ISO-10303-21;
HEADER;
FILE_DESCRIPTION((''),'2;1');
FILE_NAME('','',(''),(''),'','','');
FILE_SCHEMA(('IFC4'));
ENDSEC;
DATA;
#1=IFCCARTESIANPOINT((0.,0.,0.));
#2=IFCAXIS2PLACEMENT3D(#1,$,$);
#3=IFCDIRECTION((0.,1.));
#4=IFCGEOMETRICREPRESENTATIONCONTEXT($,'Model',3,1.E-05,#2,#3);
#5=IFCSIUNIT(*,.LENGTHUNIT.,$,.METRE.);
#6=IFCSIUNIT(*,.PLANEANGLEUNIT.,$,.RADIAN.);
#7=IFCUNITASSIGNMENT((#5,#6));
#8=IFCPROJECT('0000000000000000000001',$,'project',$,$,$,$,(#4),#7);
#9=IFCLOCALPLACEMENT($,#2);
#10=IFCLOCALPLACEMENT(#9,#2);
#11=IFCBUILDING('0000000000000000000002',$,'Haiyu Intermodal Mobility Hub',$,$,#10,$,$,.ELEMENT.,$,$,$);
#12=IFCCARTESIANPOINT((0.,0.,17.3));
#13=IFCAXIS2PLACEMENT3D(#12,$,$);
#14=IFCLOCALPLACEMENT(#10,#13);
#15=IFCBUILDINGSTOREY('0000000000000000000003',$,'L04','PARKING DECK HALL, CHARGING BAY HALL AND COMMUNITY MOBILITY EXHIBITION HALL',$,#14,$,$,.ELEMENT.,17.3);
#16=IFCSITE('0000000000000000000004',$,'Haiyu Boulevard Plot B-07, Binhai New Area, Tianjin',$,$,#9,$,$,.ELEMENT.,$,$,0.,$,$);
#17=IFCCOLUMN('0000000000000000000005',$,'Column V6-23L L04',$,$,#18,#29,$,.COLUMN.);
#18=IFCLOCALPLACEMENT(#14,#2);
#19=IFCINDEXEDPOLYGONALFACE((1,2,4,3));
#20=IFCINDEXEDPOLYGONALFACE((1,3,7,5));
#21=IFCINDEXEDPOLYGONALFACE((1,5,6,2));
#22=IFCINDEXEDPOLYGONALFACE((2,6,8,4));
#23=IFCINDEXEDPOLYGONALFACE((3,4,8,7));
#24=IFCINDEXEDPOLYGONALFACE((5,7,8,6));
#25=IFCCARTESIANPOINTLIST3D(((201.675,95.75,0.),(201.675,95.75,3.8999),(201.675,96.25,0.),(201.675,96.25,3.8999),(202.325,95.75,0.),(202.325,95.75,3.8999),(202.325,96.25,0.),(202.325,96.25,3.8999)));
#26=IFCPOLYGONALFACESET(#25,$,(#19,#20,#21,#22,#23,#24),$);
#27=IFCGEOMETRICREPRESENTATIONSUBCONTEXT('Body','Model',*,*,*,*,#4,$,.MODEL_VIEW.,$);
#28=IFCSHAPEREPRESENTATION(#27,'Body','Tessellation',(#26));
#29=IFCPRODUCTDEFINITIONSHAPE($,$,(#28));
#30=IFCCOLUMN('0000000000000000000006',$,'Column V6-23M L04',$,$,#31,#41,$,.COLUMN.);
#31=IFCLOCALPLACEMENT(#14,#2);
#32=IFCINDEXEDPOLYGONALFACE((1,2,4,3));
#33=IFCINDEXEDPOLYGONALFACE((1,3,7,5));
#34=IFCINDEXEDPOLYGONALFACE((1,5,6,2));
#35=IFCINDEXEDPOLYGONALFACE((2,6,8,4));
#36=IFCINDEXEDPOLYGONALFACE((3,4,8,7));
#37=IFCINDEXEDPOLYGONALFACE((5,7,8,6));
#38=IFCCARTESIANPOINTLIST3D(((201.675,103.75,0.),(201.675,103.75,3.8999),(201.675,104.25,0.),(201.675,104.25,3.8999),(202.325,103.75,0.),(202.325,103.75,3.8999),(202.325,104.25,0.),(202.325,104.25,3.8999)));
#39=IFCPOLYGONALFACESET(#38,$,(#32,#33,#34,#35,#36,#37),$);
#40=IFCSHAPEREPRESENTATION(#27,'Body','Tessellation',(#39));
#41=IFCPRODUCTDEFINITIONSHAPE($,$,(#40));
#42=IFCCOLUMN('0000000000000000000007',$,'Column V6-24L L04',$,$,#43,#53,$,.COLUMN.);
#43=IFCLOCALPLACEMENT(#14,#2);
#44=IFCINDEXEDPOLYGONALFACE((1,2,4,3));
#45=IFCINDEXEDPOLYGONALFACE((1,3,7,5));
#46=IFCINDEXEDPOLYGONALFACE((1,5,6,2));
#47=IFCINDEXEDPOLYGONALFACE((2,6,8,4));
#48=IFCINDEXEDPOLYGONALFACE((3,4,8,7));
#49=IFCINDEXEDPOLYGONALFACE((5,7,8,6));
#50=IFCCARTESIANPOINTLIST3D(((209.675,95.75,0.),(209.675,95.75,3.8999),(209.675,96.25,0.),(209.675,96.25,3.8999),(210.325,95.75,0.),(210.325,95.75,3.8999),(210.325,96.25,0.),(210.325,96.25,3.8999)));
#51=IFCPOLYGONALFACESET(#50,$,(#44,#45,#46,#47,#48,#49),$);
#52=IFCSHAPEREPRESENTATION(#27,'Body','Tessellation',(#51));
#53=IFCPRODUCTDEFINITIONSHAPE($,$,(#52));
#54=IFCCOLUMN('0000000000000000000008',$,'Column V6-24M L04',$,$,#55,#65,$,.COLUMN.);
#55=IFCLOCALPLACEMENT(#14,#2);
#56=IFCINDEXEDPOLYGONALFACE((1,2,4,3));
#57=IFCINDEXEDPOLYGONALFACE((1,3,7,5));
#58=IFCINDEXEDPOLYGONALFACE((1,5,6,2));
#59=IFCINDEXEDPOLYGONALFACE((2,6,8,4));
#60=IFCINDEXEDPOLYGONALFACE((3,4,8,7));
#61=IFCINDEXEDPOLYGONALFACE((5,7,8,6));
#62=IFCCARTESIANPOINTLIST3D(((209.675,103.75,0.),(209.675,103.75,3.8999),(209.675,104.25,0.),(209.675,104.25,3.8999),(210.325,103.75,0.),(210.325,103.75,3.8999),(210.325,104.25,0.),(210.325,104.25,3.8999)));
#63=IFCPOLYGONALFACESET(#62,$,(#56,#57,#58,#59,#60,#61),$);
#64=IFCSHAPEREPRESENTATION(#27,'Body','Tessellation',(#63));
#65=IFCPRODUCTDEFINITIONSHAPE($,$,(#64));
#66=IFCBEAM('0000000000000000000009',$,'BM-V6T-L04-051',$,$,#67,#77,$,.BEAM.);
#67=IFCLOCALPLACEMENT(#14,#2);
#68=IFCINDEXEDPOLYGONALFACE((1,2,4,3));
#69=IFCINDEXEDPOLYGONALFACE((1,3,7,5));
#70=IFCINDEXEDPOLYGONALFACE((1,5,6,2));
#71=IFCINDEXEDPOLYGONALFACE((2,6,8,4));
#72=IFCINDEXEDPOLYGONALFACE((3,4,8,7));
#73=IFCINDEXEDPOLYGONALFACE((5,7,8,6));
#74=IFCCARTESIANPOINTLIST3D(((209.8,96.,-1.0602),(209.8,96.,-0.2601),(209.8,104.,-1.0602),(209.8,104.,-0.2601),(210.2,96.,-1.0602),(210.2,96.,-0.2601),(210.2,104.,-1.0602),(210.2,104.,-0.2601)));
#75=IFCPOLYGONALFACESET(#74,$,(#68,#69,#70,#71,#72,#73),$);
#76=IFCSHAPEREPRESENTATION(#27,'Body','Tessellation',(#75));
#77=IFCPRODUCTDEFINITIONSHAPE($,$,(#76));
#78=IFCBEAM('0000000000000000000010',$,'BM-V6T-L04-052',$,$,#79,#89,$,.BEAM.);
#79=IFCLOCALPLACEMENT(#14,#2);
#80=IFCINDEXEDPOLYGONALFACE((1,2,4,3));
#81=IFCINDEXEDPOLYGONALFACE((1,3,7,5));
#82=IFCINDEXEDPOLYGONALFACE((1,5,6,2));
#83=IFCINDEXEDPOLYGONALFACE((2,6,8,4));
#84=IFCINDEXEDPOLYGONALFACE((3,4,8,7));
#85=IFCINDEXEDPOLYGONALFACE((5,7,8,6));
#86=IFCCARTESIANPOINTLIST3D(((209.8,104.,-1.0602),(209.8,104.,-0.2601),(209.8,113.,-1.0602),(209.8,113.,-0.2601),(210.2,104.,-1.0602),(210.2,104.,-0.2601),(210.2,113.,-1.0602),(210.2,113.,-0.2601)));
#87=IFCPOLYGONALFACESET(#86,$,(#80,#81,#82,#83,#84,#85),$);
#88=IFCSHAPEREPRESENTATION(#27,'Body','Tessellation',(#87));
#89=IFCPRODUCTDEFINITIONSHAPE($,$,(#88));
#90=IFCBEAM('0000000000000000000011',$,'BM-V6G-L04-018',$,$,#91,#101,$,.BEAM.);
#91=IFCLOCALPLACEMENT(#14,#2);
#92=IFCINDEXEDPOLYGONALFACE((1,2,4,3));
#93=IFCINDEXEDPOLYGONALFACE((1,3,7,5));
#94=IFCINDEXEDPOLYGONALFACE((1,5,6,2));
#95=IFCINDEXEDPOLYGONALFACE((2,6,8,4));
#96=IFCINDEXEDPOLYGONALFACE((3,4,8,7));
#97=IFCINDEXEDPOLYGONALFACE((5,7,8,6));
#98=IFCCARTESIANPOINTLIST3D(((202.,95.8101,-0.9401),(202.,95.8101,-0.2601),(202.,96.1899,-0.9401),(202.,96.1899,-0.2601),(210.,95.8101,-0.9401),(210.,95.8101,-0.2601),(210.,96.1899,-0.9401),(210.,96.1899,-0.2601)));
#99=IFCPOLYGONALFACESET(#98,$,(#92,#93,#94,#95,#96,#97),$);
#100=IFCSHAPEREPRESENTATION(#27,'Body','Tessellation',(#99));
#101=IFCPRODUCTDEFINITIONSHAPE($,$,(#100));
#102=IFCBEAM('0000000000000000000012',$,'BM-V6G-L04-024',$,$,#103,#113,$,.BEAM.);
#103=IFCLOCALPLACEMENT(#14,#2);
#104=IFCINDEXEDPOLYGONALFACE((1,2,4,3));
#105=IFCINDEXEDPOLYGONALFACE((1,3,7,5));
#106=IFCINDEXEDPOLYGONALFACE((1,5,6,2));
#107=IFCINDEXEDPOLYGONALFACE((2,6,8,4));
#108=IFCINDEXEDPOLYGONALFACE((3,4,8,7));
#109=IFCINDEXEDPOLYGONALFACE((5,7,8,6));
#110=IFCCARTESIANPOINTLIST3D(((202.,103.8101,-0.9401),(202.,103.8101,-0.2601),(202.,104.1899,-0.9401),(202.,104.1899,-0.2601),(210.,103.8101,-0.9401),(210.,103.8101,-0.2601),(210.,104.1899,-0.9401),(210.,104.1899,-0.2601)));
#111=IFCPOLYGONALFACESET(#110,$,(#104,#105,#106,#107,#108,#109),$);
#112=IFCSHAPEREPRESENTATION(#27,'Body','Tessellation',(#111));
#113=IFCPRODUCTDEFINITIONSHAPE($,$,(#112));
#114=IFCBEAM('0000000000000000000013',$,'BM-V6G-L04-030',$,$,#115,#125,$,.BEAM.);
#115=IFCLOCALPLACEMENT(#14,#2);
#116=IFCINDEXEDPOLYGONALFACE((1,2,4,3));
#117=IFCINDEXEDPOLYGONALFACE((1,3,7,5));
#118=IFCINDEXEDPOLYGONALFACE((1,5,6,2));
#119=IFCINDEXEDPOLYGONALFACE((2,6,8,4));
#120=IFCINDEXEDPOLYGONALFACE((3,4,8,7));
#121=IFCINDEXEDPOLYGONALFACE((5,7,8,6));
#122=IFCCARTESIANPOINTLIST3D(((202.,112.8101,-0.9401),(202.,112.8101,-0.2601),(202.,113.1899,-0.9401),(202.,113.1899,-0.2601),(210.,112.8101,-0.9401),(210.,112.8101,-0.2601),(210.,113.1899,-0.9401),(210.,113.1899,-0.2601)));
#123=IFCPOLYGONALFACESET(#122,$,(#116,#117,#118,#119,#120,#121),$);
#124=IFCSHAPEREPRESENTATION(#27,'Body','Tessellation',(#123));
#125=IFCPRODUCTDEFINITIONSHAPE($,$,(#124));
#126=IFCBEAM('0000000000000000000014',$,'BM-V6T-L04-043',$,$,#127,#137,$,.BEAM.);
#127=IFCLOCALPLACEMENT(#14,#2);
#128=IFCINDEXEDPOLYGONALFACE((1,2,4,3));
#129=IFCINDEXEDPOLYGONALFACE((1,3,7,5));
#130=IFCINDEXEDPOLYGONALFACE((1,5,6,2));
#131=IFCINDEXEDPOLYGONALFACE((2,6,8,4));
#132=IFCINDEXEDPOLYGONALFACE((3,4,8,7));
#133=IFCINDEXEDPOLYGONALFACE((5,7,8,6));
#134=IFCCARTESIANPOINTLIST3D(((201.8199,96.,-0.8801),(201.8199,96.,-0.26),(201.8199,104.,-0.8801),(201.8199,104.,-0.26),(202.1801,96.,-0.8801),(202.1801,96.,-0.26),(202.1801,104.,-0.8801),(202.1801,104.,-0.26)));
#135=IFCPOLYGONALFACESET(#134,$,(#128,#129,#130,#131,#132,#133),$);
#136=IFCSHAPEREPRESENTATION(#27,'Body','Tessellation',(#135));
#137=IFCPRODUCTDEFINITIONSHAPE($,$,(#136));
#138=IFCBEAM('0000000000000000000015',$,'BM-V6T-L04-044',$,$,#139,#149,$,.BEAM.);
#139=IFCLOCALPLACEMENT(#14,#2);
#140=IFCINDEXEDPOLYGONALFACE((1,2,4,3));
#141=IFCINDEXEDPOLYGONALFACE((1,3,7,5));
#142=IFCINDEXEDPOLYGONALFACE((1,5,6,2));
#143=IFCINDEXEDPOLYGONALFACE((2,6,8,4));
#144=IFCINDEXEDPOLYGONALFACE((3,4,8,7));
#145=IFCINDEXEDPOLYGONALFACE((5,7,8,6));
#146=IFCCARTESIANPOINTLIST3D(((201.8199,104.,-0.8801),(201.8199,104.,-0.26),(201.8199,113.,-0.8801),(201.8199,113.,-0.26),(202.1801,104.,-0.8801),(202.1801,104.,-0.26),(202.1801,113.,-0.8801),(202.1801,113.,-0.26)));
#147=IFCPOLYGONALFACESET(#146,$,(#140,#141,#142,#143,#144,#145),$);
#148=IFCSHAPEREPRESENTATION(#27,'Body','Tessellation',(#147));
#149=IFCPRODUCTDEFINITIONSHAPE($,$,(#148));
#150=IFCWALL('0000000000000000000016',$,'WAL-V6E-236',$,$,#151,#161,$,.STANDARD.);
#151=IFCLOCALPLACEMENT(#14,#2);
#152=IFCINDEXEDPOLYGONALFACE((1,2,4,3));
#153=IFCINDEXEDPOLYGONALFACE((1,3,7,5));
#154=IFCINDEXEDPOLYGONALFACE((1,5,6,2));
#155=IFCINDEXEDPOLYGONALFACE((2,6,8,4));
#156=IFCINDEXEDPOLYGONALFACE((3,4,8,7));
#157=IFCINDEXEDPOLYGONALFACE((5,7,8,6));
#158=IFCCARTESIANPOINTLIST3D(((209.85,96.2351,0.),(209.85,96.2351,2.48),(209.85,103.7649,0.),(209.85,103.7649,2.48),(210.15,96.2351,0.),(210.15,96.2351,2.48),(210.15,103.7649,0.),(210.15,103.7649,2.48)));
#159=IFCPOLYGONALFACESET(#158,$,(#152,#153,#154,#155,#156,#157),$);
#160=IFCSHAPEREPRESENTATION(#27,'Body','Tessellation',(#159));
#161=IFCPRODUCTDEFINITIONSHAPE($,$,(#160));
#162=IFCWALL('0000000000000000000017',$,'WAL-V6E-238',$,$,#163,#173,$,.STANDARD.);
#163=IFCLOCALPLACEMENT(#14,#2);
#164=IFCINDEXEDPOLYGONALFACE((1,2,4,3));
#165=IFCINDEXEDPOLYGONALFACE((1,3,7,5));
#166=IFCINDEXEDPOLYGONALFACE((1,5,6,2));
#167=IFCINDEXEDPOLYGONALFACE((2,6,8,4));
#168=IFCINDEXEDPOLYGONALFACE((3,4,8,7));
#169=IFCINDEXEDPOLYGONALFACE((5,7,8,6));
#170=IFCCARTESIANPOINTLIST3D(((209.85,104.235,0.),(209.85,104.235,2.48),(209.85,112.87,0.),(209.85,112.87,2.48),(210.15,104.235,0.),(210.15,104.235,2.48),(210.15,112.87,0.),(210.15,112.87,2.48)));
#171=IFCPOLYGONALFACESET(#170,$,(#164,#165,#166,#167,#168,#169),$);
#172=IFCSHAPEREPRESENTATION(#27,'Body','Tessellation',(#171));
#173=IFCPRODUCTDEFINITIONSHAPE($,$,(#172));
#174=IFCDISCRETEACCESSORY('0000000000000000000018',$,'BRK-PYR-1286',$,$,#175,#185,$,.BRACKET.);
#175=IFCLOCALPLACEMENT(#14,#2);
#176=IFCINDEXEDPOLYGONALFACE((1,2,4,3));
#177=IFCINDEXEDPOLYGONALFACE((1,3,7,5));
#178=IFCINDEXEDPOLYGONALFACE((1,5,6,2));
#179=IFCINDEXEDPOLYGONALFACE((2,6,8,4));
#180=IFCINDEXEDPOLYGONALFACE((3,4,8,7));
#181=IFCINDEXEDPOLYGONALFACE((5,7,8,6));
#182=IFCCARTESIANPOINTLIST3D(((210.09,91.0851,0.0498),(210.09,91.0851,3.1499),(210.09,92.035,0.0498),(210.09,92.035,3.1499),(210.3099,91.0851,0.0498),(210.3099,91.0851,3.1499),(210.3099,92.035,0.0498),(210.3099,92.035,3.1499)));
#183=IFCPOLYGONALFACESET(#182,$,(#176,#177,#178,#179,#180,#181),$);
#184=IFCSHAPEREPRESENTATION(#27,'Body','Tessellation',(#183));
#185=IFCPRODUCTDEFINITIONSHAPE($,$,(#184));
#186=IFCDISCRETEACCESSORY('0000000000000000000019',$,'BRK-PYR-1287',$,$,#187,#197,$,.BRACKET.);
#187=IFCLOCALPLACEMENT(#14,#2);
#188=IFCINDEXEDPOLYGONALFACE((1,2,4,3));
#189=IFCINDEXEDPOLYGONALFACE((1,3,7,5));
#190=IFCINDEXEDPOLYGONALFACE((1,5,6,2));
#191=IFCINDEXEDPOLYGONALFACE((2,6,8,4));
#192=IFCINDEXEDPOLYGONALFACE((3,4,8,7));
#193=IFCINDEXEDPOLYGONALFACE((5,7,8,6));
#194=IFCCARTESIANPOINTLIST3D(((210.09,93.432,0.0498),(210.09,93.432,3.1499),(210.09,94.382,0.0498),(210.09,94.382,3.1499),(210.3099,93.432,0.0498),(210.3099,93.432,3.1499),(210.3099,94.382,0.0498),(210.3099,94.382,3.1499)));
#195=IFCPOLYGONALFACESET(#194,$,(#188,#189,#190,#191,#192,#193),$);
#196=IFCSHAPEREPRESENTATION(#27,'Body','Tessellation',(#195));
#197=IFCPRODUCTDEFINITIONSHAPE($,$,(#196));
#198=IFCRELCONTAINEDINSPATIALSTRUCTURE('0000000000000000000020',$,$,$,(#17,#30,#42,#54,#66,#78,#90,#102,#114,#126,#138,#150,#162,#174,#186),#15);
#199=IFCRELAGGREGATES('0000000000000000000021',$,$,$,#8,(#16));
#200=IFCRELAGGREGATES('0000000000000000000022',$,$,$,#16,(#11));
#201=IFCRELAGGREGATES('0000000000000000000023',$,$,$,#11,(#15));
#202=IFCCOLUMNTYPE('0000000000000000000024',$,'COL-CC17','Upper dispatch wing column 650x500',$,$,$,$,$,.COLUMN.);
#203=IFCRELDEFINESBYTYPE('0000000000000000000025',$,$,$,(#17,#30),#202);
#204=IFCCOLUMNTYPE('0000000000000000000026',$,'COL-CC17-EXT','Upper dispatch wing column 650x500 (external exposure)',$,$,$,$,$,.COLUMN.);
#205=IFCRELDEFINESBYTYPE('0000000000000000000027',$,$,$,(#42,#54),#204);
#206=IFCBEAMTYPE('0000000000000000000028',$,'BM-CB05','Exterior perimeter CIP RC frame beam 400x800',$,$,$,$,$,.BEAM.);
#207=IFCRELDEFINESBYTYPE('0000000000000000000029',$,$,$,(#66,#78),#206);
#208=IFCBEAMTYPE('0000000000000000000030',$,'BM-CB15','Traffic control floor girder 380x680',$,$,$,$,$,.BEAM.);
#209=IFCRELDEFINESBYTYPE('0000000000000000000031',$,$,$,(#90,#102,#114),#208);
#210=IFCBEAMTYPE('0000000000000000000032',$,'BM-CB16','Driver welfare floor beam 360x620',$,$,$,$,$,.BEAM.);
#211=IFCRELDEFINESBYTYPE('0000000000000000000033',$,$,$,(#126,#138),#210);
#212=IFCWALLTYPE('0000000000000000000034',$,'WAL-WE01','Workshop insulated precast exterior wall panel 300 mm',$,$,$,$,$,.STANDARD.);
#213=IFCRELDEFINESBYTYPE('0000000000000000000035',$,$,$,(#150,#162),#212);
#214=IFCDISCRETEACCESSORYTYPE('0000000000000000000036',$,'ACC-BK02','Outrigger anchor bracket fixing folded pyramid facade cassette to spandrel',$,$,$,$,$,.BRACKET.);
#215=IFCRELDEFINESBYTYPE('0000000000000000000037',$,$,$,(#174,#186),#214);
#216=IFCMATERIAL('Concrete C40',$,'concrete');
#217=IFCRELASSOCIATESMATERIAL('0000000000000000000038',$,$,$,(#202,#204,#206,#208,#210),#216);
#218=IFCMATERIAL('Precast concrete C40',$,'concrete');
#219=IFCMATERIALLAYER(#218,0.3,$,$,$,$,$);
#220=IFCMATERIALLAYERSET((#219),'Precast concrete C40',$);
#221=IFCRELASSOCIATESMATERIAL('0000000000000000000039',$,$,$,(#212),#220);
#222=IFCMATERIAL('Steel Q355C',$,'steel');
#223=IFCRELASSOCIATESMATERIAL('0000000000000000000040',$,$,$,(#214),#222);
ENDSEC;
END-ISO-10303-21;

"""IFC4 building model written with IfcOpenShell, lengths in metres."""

from ifc_helpers import new_model, si_unit, direction, frame, frame_2d, origin, origin_2d, place, context, subcontext, project, spatial, rectangle, extrude, material, layer, layer_set, material_profile, profile_set, type_object, element, save


model = new_model("IFC4")

# Units and contexts
model_context = context("Model", 3, precision=1e-05, world=origin(), true_north=direction((0.0, 1.0)))
body_context = subcontext(model_context, "Body", "Model", "MODEL_VIEW")
ifc_project = project(units=[si_unit("LENGTHUNIT", "METRE"), si_unit("PLANEANGLEUNIT", "RADIAN")], contexts=[model_context])

# Site, building, storey
site_placement = place(None, origin())
site = spatial("IfcSite", under=ifc_project, at=site_placement, Name="Haiyu Boulevard Plot B-07, Binhai New Area, Tianjin", CompositionType="ELEMENT", RefElevation=0.0)
building_placement = place(site_placement, origin())
building = spatial("IfcBuilding", under=site, at=building_placement, Name="Haiyu Intermodal Mobility Hub", CompositionType="ELEMENT")
storey_placement = place(building_placement, frame((0.0, 0.0, 17.3)))
storey = spatial("IfcBuildingStorey", under=building, at=storey_placement, Name="L04", Description="PARKING DECK HALL, CHARGING BAY HALL AND COMMUNITY MOBILITY EXHIBITION HALL", CompositionType="ELEMENT", Elevation=17.3)

# Columns
ifc_material_1 = material(Name="Concrete C40", Category="concrete")
ifc_material_profile_1 = material_profile(ifc_material_1, rectangle(XDim=0.6499, YDim=0.5, at=origin_2d()), Name="C650x500")
ifc_profile_set_1 = profile_set([ifc_material_profile_1], Name="Concrete C40")
column_type_1 = type_object("IfcColumnType", Name="COL-CC17", Description="Upper dispatch wing column 650x500", PredefinedType="COLUMN", material=ifc_profile_set_1)
for number, where, z_axis, x_axis, name in (
    (1, (202.0, 96.0, 0.0), (0.0, 0.0, 1.0), (1.0, 0.0, 0.0), "Column V6-23L L04"),
    (2, (202.0, 104.0, 0.0), (0.0, 0.0, 1.0), (1.0, 0.0, 0.0), "Column V6-23M L04"),
):
    element("IfcColumn", number, at=place(storey_placement, frame(where, z_axis=z_axis, x_axis=x_axis)), inside=storey, type_object=column_type_1, Name=name, PredefinedType="COLUMN", context=body_context, shape_type="SweptSolid", body=[
        extrude(rectangle(XDim=0.6499, YDim=0.5, at=origin_2d()), origin(), (0.0, 0.0, 1.0), 3.8999),
    ])
ifc_material_profile_2 = material_profile(ifc_material_1, rectangle(XDim=0.6499, YDim=0.5, at=origin_2d()), Name="C650x500")
ifc_profile_set_2 = profile_set([ifc_material_profile_2], Name="Concrete C40")
column_type_2 = type_object("IfcColumnType", Name="COL-CC17-EXT", Description="Upper dispatch wing column 650x500 (external exposure)", PredefinedType="COLUMN", material=ifc_profile_set_2)
for number, where, z_axis, x_axis, name in (
    (3, (210.0, 96.0, 0.0), (0.0, 0.0, 1.0), (1.0, 0.0, 0.0), "Column V6-24L L04"),
    (4, (210.0, 104.0, 0.0), (0.0, 0.0, 1.0), (1.0, 0.0, 0.0), "Column V6-24M L04"),
):
    element("IfcColumn", number, at=place(storey_placement, frame(where, z_axis=z_axis, x_axis=x_axis)), inside=storey, type_object=column_type_2, Name=name, PredefinedType="COLUMN", context=body_context, shape_type="SweptSolid", body=[
        extrude(rectangle(XDim=0.6499, YDim=0.5, at=origin_2d()), origin(), (0.0, 0.0, 1.0), 3.8999),
    ])

# Beams
ifc_material_profile_3 = material_profile(ifc_material_1, rectangle(XDim=0.3999, YDim=0.8, at=origin_2d()), Name="RCB400x800")
ifc_profile_set_3 = profile_set([ifc_material_profile_3], Name="Concrete C40")
beam_type_1 = type_object("IfcBeamType", Name="BM-CB05", Description="Exterior perimeter CIP RC frame beam 400x800", PredefinedType="BEAM", material=ifc_profile_set_3)
beam_1_placement = place(storey_placement, frame((210.0, 96.0, -0.6602), z_axis=(0.0, 1.0, 0.0), x_axis=(-1.0, 0.0, 0.0)))
element("IfcBeam", 5, at=beam_1_placement, inside=storey, type_object=beam_type_1, Name="BM-V6T-L04-051", PredefinedType="BEAM", context=body_context, shape_type="SweptSolid", body=[
    extrude(rectangle(XDim=0.3999, YDim=0.8, at=origin_2d()), origin(), (0.0, 0.0, 1.0), 8.0),
])
beam_2_placement = place(storey_placement, frame((210.0, 104.0, -0.6602), z_axis=(0.0, 1.0, 0.0), x_axis=(-1.0, 0.0, 0.0)))
element("IfcBeam", 6, at=beam_2_placement, inside=storey, type_object=beam_type_1, Name="BM-V6T-L04-052", PredefinedType="BEAM", context=body_context, shape_type="SweptSolid", body=[
    extrude(rectangle(XDim=0.3999, YDim=0.8, at=origin_2d()), origin(), (0.0, 0.0, 1.0), 9.0),
])
ifc_material_profile_4 = material_profile(ifc_material_1, rectangle(XDim=0.3799, YDim=0.6799, at=origin_2d()), Name="B380x680")
ifc_profile_set_4 = profile_set([ifc_material_profile_4], Name="Concrete C40")
beam_type_2 = type_object("IfcBeamType", Name="BM-CB15", Description="Traffic control floor girder 380x680", PredefinedType="BEAM", material=ifc_profile_set_4)
for number, where, z_axis, x_axis, name in (
    (7, (202.0, 96.0, -0.6001), (1.0, 0.0, 0.0), (0.0, 1.0, 0.0), "BM-V6G-L04-018"),
    (8, (202.0, 104.0, -0.6001), (1.0, 0.0, 0.0), (0.0, 1.0, 0.0), "BM-V6G-L04-024"),
    (9, (202.0, 113.0, -0.6001), (1.0, 0.0, 0.0), (0.0, 1.0, 0.0), "BM-V6G-L04-030"),
):
    element("IfcBeam", number, at=place(storey_placement, frame(where, z_axis=z_axis, x_axis=x_axis)), inside=storey, type_object=beam_type_2, Name=name, PredefinedType="BEAM", context=body_context, shape_type="SweptSolid", body=[
        extrude(rectangle(XDim=0.3799, YDim=0.6799, at=origin_2d()), origin(), (0.0, 0.0, 1.0), 8.0),
    ])
ifc_material_profile_5 = material_profile(ifc_material_1, rectangle(XDim=0.3601, YDim=0.6201, at=origin_2d()), Name="B360x620")
ifc_profile_set_5 = profile_set([ifc_material_profile_5], Name="Concrete C40")
beam_type_3 = type_object("IfcBeamType", Name="BM-CB16", Description="Driver welfare floor beam 360x620", PredefinedType="BEAM", material=ifc_profile_set_5)
beam_3_placement = place(storey_placement, frame((202.0, 96.0, -0.5701), z_axis=(0.0, 1.0, 0.0), x_axis=(-1.0, 0.0, 0.0)))
element("IfcBeam", 10, at=beam_3_placement, inside=storey, type_object=beam_type_3, Name="BM-V6T-L04-043", PredefinedType="BEAM", context=body_context, shape_type="SweptSolid", body=[
    extrude(rectangle(XDim=0.3601, YDim=0.6201, at=origin_2d()), origin(), (0.0, 0.0, 1.0), 8.0),
])
beam_4_placement = place(storey_placement, frame((202.0, 104.0, -0.5701), z_axis=(0.0, 1.0, 0.0), x_axis=(-1.0, 0.0, 0.0)))
element("IfcBeam", 11, at=beam_4_placement, inside=storey, type_object=beam_type_3, Name="BM-V6T-L04-044", PredefinedType="BEAM", context=body_context, shape_type="SweptSolid", body=[
    extrude(rectangle(XDim=0.3601, YDim=0.6201, at=origin_2d()), origin(), (0.0, 0.0, 1.0), 9.0),
])

# Walls
ifc_material_2 = material(Name="Precast concrete C40", Category="concrete")
ifc_layer = layer(ifc_material_2, 0.3)
ifc_layer_set = layer_set([ifc_layer], Name="Precast concrete C40")
wall_type = type_object("IfcWallType", Name="WAL-WE01", Description="Workshop insulated precast exterior wall panel 300 mm", PredefinedType="STANDARD", material=ifc_layer_set)
wall_1_placement = place(storey_placement, frame((210.0, 96.2351, 0.0), z_axis=(0.0, 0.0, 1.0), x_axis=(0.0, 1.0, 0.0)))
element("IfcWall", 12, at=wall_1_placement, inside=storey, type_object=wall_type, Name="WAL-V6E-236", PredefinedType="STANDARD", context=body_context, shape_type="SweptSolid", body=[
    extrude(rectangle(XDim=7.5298, YDim=0.3, at=frame_2d((3.7649, 0.0))), origin(), (0.0, 0.0, 1.0), 2.48),
])
wall_2_placement = place(storey_placement, frame((210.0, 104.2351, 0.0), z_axis=(0.0, 0.0, 1.0), x_axis=(0.0, 1.0, 0.0)))
element("IfcWall", 13, at=wall_2_placement, inside=storey, type_object=wall_type, Name="WAL-V6E-238", PredefinedType="STANDARD", context=body_context, shape_type="SweptSolid", body=[
    extrude(rectangle(XDim=8.635, YDim=0.3, at=frame_2d((4.3174, 0.0))), origin(), (0.0, 0.0, 1.0), 2.48),
])

# Discrete accessories
ifc_material_3 = material(Name="Steel Q355C", Category="steel")
discrete_accessory_type = type_object("IfcDiscreteAccessoryType", Name="ACC-BK02", Description="Outrigger anchor bracket fixing folded pyramid facade cassette to spandrel", PredefinedType="BRACKET", material=ifc_material_3)
for number, where, z_axis, x_axis, name in (
    (14, (210.2, 91.5601, 0.0498), (0.0, 0.0, 1.0), (1.0, 0.0, 0.0), "BRK-PYR-1286"),
    (15, (210.2, 93.907, 0.0498), (0.0, 0.0, 1.0), (1.0, 0.0, 0.0), "BRK-PYR-1287"),
):
    element("IfcDiscreteAccessory", number, at=place(storey_placement, frame(where, z_axis=z_axis, x_axis=x_axis)), inside=storey, type_object=discrete_accessory_type, Name=name, PredefinedType="BRACKET", context=body_context, shape_type="SweptSolid", body=[
        extrude(rectangle(XDim=0.22, YDim=0.95, at=origin_2d()), origin(), (0.0, 0.0, 1.0), 3.1001),
    ])

save(model, "model.ifc")
